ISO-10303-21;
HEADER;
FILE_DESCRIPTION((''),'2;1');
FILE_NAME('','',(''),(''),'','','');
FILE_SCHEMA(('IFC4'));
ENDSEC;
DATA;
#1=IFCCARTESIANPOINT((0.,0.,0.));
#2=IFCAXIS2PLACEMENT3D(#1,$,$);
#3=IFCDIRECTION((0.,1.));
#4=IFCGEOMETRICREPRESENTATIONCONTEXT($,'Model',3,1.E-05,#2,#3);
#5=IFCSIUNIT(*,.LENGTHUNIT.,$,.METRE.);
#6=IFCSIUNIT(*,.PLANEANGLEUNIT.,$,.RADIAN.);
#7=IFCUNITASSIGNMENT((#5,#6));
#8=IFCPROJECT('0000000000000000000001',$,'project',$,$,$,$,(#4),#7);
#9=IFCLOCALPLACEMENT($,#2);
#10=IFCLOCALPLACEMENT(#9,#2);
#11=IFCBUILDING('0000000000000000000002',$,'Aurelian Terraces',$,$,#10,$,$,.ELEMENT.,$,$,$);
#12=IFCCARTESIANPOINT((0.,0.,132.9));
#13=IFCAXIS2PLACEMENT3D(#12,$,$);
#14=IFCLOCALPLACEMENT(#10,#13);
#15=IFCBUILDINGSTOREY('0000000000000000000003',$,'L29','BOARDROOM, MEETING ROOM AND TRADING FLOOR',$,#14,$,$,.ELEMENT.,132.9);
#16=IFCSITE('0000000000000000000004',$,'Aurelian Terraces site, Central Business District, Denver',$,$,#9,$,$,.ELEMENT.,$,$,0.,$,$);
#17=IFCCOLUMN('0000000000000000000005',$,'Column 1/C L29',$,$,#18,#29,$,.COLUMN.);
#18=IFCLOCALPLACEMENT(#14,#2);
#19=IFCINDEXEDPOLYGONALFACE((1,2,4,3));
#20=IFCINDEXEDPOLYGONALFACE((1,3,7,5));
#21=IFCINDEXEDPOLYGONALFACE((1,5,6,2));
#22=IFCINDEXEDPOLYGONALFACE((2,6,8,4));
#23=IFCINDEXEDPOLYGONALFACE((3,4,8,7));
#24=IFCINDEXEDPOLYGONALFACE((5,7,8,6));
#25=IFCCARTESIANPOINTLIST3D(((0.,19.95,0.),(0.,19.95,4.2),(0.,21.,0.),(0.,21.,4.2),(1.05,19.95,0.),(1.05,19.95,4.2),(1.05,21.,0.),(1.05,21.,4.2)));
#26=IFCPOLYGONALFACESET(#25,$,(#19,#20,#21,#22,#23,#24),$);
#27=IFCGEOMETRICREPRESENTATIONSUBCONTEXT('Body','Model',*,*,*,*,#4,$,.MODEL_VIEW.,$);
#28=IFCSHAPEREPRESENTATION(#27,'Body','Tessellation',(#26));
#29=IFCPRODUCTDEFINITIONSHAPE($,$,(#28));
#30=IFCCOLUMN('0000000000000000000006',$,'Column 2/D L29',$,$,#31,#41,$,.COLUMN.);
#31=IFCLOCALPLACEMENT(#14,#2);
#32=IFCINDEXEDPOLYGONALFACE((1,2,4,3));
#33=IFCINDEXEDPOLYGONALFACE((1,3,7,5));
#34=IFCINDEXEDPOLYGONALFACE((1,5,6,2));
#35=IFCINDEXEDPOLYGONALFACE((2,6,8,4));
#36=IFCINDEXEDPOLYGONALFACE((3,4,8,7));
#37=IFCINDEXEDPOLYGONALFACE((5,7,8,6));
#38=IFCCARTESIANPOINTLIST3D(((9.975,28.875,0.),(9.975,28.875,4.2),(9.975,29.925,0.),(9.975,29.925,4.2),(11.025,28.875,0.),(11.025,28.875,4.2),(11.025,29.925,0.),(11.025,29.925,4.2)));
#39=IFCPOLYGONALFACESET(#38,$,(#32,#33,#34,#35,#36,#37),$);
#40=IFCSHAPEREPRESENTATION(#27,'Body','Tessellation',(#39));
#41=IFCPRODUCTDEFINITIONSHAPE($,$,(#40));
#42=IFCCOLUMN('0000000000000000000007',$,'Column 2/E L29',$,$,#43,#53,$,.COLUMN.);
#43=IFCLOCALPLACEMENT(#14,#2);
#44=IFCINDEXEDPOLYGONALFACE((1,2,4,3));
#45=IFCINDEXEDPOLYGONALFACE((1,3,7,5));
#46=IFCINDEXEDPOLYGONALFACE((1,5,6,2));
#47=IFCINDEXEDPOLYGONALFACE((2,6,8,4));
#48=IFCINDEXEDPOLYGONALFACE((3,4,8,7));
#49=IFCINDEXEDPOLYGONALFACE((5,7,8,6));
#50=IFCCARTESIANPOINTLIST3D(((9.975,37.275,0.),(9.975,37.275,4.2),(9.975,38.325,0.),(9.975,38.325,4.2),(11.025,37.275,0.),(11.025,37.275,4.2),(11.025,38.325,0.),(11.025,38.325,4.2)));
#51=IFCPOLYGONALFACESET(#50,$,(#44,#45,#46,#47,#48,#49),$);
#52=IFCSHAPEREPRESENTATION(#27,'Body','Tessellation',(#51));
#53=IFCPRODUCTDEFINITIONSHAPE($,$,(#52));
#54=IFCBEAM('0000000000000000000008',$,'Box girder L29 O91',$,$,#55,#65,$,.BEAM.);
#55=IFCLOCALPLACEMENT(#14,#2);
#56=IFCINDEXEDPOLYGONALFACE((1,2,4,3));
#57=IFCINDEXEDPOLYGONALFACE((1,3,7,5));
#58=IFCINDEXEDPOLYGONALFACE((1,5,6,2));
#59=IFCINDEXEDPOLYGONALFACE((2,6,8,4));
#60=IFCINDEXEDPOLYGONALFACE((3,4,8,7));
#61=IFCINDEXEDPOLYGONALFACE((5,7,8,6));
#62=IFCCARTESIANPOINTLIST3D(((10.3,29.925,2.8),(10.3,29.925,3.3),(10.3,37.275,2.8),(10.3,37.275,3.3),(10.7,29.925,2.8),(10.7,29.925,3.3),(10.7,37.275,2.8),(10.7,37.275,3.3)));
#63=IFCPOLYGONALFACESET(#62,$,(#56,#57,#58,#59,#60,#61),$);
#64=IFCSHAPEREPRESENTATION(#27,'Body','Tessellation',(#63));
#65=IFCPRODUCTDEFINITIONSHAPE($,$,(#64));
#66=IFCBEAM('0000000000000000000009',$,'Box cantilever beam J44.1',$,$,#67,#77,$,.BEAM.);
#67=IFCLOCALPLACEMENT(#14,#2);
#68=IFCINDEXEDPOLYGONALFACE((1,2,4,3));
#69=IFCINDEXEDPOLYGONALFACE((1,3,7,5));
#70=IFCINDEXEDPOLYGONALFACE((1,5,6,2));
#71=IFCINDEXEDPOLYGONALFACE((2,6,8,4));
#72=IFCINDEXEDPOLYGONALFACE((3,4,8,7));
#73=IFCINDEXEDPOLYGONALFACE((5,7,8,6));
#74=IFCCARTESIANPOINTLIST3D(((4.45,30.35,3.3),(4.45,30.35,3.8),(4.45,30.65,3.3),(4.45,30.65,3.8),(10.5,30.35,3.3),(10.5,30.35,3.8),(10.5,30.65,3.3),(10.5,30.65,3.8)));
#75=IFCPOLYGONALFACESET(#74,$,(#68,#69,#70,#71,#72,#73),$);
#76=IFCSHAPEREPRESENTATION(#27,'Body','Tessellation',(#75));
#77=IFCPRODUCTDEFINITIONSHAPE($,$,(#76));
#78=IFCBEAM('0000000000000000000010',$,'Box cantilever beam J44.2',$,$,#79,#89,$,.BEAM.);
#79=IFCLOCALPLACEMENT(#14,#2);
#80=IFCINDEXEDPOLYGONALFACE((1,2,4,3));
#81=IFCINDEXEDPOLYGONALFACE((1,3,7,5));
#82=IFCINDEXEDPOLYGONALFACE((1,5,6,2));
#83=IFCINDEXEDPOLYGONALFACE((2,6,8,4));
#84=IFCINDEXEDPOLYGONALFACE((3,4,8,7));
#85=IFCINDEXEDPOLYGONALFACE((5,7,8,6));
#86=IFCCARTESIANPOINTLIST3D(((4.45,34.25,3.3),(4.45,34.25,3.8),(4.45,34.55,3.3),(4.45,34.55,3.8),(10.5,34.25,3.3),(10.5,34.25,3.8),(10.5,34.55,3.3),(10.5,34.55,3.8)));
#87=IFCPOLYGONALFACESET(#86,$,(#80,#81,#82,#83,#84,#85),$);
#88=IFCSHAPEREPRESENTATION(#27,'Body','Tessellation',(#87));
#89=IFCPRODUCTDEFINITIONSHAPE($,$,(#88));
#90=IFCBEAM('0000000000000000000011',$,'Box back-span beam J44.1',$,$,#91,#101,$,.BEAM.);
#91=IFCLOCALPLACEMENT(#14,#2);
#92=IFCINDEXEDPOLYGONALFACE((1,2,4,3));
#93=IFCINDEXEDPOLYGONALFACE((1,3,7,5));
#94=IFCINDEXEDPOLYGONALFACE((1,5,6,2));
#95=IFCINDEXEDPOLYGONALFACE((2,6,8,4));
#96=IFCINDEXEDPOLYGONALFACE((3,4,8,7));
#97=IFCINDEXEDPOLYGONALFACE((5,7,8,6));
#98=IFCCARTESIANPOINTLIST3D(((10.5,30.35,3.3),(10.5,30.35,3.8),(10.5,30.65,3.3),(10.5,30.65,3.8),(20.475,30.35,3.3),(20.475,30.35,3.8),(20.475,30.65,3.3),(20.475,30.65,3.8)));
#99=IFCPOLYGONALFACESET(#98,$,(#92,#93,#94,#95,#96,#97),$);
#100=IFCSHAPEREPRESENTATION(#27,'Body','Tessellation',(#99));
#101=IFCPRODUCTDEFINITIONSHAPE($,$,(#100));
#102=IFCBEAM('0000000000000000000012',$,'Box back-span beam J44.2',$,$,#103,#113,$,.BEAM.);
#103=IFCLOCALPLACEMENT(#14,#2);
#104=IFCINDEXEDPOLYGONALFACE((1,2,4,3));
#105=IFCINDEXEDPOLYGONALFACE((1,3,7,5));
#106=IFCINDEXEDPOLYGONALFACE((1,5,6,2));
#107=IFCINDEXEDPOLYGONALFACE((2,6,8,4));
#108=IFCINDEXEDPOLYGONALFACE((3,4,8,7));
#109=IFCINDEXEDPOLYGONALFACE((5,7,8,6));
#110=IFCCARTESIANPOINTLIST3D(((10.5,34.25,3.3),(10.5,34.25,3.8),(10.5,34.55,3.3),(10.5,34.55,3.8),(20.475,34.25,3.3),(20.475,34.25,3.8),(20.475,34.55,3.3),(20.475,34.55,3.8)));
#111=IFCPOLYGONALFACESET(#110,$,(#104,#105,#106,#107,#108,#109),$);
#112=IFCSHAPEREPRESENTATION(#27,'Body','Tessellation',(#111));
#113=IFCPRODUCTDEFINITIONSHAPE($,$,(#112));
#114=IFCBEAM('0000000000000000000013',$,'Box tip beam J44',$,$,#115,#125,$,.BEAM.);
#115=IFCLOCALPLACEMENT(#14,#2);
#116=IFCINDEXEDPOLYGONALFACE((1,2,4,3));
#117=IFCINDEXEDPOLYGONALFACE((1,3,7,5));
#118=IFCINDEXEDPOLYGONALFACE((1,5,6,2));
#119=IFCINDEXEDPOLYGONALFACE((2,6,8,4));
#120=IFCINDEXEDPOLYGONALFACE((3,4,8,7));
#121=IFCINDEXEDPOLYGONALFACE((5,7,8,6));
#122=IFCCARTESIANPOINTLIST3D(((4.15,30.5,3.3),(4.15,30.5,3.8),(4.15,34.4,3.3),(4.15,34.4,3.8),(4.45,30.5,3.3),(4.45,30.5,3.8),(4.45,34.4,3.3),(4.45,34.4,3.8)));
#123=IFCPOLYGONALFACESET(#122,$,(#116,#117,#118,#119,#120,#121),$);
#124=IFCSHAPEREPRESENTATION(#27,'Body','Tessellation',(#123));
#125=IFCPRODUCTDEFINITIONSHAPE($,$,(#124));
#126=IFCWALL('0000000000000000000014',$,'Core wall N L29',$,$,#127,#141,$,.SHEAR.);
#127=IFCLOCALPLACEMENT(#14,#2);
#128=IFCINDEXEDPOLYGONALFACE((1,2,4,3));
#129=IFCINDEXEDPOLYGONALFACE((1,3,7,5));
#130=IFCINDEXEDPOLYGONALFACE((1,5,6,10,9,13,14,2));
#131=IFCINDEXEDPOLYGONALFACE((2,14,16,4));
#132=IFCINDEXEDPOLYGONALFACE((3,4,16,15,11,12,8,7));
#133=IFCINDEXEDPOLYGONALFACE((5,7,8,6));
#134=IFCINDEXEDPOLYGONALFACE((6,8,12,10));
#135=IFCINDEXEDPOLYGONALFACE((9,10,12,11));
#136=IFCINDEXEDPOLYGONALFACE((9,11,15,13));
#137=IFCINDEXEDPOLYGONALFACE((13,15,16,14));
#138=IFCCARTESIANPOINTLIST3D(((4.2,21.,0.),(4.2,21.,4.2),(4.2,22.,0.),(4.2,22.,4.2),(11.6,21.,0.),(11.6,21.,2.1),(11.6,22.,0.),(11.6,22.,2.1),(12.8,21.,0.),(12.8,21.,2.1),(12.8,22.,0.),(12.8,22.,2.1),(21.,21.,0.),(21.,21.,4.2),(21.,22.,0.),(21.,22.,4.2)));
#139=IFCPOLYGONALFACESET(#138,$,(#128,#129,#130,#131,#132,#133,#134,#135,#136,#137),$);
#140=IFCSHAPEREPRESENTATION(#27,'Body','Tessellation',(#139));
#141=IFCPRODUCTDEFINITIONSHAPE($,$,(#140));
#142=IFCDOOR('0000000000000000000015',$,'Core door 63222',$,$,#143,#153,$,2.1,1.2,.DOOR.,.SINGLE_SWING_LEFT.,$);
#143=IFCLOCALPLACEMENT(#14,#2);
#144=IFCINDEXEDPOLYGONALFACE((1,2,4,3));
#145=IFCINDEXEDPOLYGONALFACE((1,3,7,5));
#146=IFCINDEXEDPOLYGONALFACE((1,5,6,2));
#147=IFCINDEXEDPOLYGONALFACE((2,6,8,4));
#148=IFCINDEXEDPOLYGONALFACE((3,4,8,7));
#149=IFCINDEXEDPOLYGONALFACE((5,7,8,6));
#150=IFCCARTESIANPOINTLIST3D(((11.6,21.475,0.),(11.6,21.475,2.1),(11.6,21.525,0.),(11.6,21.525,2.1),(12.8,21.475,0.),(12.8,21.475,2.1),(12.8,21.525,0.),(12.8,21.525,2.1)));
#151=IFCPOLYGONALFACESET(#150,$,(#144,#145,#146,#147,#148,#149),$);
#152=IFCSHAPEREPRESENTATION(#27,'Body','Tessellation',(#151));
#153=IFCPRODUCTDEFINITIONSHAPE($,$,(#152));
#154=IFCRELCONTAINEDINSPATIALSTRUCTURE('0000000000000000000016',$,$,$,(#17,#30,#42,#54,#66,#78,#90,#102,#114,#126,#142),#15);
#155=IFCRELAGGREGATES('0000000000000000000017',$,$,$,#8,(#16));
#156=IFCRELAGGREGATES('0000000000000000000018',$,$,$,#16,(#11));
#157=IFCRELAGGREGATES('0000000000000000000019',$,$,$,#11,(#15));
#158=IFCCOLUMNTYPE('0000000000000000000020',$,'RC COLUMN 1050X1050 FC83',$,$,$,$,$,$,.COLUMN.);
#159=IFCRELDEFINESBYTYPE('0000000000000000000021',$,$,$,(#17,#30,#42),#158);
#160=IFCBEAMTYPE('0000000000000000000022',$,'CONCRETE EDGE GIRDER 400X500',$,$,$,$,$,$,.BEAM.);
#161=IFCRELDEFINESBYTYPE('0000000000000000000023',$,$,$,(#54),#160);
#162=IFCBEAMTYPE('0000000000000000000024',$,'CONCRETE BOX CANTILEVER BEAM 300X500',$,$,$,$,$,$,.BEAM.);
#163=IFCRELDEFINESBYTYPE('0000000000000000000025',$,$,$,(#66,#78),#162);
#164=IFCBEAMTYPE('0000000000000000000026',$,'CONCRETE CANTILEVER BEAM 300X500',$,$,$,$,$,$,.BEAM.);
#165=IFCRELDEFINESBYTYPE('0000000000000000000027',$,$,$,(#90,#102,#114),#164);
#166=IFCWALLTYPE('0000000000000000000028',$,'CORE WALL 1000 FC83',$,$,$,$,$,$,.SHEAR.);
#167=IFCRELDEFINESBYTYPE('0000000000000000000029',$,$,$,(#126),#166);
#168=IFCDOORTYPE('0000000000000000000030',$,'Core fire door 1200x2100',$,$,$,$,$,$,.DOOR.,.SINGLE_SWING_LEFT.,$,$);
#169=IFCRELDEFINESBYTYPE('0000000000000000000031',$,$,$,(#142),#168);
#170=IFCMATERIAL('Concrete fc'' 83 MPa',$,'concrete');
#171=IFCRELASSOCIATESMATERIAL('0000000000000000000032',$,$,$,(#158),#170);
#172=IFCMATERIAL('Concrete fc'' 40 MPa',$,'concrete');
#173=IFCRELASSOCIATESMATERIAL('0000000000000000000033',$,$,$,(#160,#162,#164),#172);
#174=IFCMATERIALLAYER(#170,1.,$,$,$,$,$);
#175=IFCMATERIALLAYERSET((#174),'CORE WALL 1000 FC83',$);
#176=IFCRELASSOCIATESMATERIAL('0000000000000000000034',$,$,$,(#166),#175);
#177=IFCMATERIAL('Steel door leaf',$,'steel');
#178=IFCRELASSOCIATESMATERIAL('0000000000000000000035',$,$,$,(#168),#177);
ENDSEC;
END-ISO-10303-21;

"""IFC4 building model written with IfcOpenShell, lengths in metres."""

from ifc_helpers import new_model, si_unit, direction, frame, frame_2d, origin, origin_2d, place, context, subcontext, project, spatial, rectangle, extrude, source, transform, mapped, material, layer, layer_set, material_profile, profile_set, type_object, element, fill, save


model = new_model("IFC4")

# Units and contexts
model_context = context("Model", 3, precision=1e-05, world=origin(), true_north=direction((0.0, 1.0)))
body_context = subcontext(model_context, "Body", "Model", "MODEL_VIEW")
ifc_project = project(units=[si_unit("LENGTHUNIT", "METRE"), si_unit("PLANEANGLEUNIT", "RADIAN")], contexts=[model_context])

# Site, building, storey
site_placement = place(None, origin())
site = spatial("IfcSite", under=ifc_project, at=site_placement, Name="Aurelian Terraces site, Central Business District, Denver", CompositionType="ELEMENT", RefElevation=0.0)
building_placement = place(site_placement, origin())
building = spatial("IfcBuilding", under=site, at=building_placement, Name="Aurelian Terraces", CompositionType="ELEMENT")
storey_placement = place(building_placement, frame((0.0, 0.0, 132.9)))
storey = spatial("IfcBuildingStorey", under=building, at=storey_placement, Name="L29", Description="BOARDROOM, MEETING ROOM AND TRADING FLOOR", CompositionType="ELEMENT", Elevation=132.9)

# Columns
ifc_material_1 = material(Name="Concrete fc' 83 MPa", Category="concrete")
ifc_material_profile_1 = material_profile(ifc_material_1, rectangle(XDim=1.05, YDim=1.05, at=origin_2d()))
ifc_profile_set_1 = profile_set([ifc_material_profile_1], Name="Concrete fc' 83 MPa")
column_type = type_object("IfcColumnType", Name="RC COLUMN 1050X1050 FC83", PredefinedType="COLUMN", material=ifc_profile_set_1)
shared_shape_1 = source(origin(), body_context, "Body", "SweptSolid", [
    extrude(rectangle(XDim=1.05, YDim=1.05, at=origin_2d()), origin(), (0.0, 0.0, 1.0), 4.2),
])
for number, where, z_axis, x_axis, name in (
    (1, (0.525, 20.475, 0.0), (0.0, 0.0, 1.0), (1.0, 0.0, 0.0), "Column 1/C L29"),
    (2, (10.5, 29.4, 0.0), (0.0, 0.0, 1.0), (1.0, 0.0, 0.0), "Column 2/D L29"),
    (3, (10.5, 37.8, 0.0), (0.0, 0.0, 1.0), (1.0, 0.0, 0.0), "Column 2/E L29"),
):
    element("IfcColumn", number, at=place(storey_placement, frame(where, z_axis=z_axis, x_axis=x_axis)), inside=storey, type_object=column_type, Name=name, PredefinedType="COLUMN", context=body_context, shape_type="MappedRepresentation", body=[
        mapped(shared_shape_1, transform((0.0, 0.0, 0.0), scale=1.0)),
    ])

# Beams
ifc_material_2 = material(Name="Concrete fc' 40 MPa", Category="concrete")
ifc_material_profile_2 = material_profile(ifc_material_2, rectangle(XDim=0.4, YDim=0.5, at=origin_2d()))
ifc_profile_set_2 = profile_set([ifc_material_profile_2], Name="Concrete fc' 40 MPa")
beam_type_1 = type_object("IfcBeamType", Name="CONCRETE EDGE GIRDER 400X500", PredefinedType="BEAM", material=ifc_profile_set_2)
shared_shape_2 = source(origin(), body_context, "Body", "SweptSolid", [
    extrude(rectangle(XDim=0.4, YDim=0.5, at=origin_2d()), origin(), (0.0, 0.0, 1.0), 7.35),
])
beam_1_placement = place(storey_placement, frame((10.5, 29.925, 3.05), z_axis=(0.0, 1.0, 0.0), x_axis=(-1.0, 0.0, 0.0)))
element("IfcBeam", 4, at=beam_1_placement, inside=storey, type_object=beam_type_1, Name="Box girder L29 O91", PredefinedType="BEAM", context=body_context, shape_type="MappedRepresentation", body=[
    mapped(shared_shape_2, transform((0.0, 0.0, 0.0), scale=1.0)),
])
ifc_material_profile_3 = material_profile(ifc_material_2, rectangle(XDim=0.3, YDim=0.5, at=origin_2d()))
ifc_profile_set_3 = profile_set([ifc_material_profile_3], Name="Concrete fc' 40 MPa")
beam_type_2 = type_object("IfcBeamType", Name="CONCRETE BOX CANTILEVER BEAM 300X500", PredefinedType="BEAM", material=ifc_profile_set_3)
shared_shape_3 = source(origin(), body_context, "Body", "SweptSolid", [
    extrude(rectangle(XDim=0.3, YDim=0.5, at=origin_2d()), origin(), (0.0, 0.0, 1.0), 6.05),
])
for number, where, z_axis, x_axis, name in (
    (5, (4.45, 30.5, 3.55), (1.0, 0.0, 0.0), (0.0, 1.0, 0.0), "Box cantilever beam J44.1"),
    (6, (4.45, 34.4, 3.55), (1.0, 0.0, 0.0), (0.0, 1.0, 0.0), "Box cantilever beam J44.2"),
):
    element("IfcBeam", number, at=place(storey_placement, frame(where, z_axis=z_axis, x_axis=x_axis)), inside=storey, type_object=beam_type_2, Name=name, PredefinedType="BEAM", context=body_context, shape_type="MappedRepresentation", body=[
        mapped(shared_shape_3, transform((0.0, 0.0, 0.0), scale=1.0)),
    ])
ifc_material_profile_4 = material_profile(ifc_material_2, rectangle(XDim=0.3, YDim=0.5, at=origin_2d()))
ifc_profile_set_4 = profile_set([ifc_material_profile_4], Name="Concrete fc' 40 MPa")
beam_type_3 = type_object("IfcBeamType", Name="CONCRETE CANTILEVER BEAM 300X500", PredefinedType="BEAM", material=ifc_profile_set_4)
shared_shape_4 = source(origin(), body_context, "Body", "SweptSolid", [
    extrude(rectangle(XDim=0.3, YDim=0.5, at=origin_2d()), origin(), (0.0, 0.0, 1.0), 9.975),
])
for number, where, z_axis, x_axis, name in (
    (7, (10.5, 30.5, 3.55), (1.0, 0.0, 0.0), (0.0, 1.0, 0.0), "Box back-span beam J44.1"),
    (8, (10.5, 34.4, 3.55), (1.0, 0.0, 0.0), (0.0, 1.0, 0.0), "Box back-span beam J44.2"),
):
    element("IfcBeam", number, at=place(storey_placement, frame(where, z_axis=z_axis, x_axis=x_axis)), inside=storey, type_object=beam_type_3, Name=name, PredefinedType="BEAM", context=body_context, shape_type="MappedRepresentation", body=[
        mapped(shared_shape_4, transform((0.0, 0.0, 0.0), scale=1.0)),
    ])
shared_shape_5 = source(origin(), body_context, "Body", "SweptSolid", [
    extrude(rectangle(XDim=0.3, YDim=0.5, at=origin_2d()), origin(), (0.0, 0.0, 1.0), 3.9),
])
beam_2_placement = place(storey_placement, frame((4.3, 30.5, 3.55), z_axis=(0.0, 1.0, 0.0), x_axis=(-1.0, 0.0, 0.0)))
element("IfcBeam", 9, at=beam_2_placement, inside=storey, type_object=beam_type_3, Name="Box tip beam J44", PredefinedType="BEAM", context=body_context, shape_type="MappedRepresentation", body=[
    mapped(shared_shape_5, transform((0.0, 0.0, 0.0), scale=1.0)),
])

# Wall, opening, door
ifc_layer_1 = layer(ifc_material_1, 1.0)
ifc_layer_set_1 = layer_set([ifc_layer_1], Name="CORE WALL 1000 FC83")
wall_type_1 = type_object("IfcWallType", Name="CORE WALL 1000 FC83", PredefinedType="SHEAR", material=ifc_layer_set_1)
shared_shape_6 = source(origin(), body_context, "Body", "SweptSolid", [
    extrude(rectangle(XDim=16.8, YDim=1.0, at=frame_2d((8.4, 0.0))), origin(), (0.0, 0.0, 1.0), 4.2),
])
wall_1_placement = place(storey_placement, frame((4.2, 21.5, 0.0), z_axis=(0.0, 0.0, 1.0), x_axis=(1.0, 0.0, 0.0)))
wall_1 = element("IfcWall", 10, at=wall_1_placement, inside=storey, type_object=wall_type_1, Name="Core wall N L29", PredefinedType="SHEAR", context=body_context, shape_type="MappedRepresentation", body=[
    mapped(shared_shape_6, transform((0.0, 0.0, 0.0), scale=1.0)),
])
shared_shape_7 = source(origin(), body_context, "Body", "SweptSolid", [
    extrude(rectangle(XDim=1.2, YDim=2.1, at=frame_2d((0.6, 1.05))), frame((0.0, 0.51, 0.0), z_axis=(0.0, -1.0, 0.0), x_axis=(1.0, 0.0, 0.0)), (0.0, 0.0, 1.0), 1.02),
])
opening_1_placement = place(wall_1_placement, frame((7.4, 0.0, 0.0)))
opening_1 = element("IfcOpeningElement", 11, at=opening_1_placement, cuts=wall_1, PredefinedType="OPENING", context=body_context, shape_type="MappedRepresentation", body=[
    mapped(shared_shape_7, transform((0.0, 0.0, 0.0), scale=1.0)),
])
ifc_material_3 = material(Name="Steel door leaf", Category="steel")
door_type_1 = type_object("IfcDoorType", Name="Core fire door 1200x2100", OperationType="SINGLE_SWING_LEFT", PredefinedType="DOOR", material=ifc_material_3)
shared_shape_8 = source(origin(), body_context, "Body", "SweptSolid", [
    extrude(rectangle(XDim=1.2, YDim=2.1, at=frame_2d((0.6, 1.05))), frame((0.0, 0.025, 0.0), z_axis=(0.0, -1.0, 0.0), x_axis=(1.0, 0.0, 0.0)), (0.0, 0.0, 1.0), 0.05),
])
door_1_placement = place(opening_1_placement, origin())
door_1 = element("IfcDoor", 12, at=door_1_placement, inside=storey, type_object=door_type_1, Name="Core door 63222", OperationType="SINGLE_SWING_LEFT", OverallHeight=2.1, OverallWidth=1.2, PredefinedType="DOOR", context=body_context, shape_type="MappedRepresentation", body=[
    mapped(shared_shape_8, transform((0.0, 0.0, 0.0), scale=1.0)),
])
fill(opening_1, door_1)

save(model, "model.ifc")
